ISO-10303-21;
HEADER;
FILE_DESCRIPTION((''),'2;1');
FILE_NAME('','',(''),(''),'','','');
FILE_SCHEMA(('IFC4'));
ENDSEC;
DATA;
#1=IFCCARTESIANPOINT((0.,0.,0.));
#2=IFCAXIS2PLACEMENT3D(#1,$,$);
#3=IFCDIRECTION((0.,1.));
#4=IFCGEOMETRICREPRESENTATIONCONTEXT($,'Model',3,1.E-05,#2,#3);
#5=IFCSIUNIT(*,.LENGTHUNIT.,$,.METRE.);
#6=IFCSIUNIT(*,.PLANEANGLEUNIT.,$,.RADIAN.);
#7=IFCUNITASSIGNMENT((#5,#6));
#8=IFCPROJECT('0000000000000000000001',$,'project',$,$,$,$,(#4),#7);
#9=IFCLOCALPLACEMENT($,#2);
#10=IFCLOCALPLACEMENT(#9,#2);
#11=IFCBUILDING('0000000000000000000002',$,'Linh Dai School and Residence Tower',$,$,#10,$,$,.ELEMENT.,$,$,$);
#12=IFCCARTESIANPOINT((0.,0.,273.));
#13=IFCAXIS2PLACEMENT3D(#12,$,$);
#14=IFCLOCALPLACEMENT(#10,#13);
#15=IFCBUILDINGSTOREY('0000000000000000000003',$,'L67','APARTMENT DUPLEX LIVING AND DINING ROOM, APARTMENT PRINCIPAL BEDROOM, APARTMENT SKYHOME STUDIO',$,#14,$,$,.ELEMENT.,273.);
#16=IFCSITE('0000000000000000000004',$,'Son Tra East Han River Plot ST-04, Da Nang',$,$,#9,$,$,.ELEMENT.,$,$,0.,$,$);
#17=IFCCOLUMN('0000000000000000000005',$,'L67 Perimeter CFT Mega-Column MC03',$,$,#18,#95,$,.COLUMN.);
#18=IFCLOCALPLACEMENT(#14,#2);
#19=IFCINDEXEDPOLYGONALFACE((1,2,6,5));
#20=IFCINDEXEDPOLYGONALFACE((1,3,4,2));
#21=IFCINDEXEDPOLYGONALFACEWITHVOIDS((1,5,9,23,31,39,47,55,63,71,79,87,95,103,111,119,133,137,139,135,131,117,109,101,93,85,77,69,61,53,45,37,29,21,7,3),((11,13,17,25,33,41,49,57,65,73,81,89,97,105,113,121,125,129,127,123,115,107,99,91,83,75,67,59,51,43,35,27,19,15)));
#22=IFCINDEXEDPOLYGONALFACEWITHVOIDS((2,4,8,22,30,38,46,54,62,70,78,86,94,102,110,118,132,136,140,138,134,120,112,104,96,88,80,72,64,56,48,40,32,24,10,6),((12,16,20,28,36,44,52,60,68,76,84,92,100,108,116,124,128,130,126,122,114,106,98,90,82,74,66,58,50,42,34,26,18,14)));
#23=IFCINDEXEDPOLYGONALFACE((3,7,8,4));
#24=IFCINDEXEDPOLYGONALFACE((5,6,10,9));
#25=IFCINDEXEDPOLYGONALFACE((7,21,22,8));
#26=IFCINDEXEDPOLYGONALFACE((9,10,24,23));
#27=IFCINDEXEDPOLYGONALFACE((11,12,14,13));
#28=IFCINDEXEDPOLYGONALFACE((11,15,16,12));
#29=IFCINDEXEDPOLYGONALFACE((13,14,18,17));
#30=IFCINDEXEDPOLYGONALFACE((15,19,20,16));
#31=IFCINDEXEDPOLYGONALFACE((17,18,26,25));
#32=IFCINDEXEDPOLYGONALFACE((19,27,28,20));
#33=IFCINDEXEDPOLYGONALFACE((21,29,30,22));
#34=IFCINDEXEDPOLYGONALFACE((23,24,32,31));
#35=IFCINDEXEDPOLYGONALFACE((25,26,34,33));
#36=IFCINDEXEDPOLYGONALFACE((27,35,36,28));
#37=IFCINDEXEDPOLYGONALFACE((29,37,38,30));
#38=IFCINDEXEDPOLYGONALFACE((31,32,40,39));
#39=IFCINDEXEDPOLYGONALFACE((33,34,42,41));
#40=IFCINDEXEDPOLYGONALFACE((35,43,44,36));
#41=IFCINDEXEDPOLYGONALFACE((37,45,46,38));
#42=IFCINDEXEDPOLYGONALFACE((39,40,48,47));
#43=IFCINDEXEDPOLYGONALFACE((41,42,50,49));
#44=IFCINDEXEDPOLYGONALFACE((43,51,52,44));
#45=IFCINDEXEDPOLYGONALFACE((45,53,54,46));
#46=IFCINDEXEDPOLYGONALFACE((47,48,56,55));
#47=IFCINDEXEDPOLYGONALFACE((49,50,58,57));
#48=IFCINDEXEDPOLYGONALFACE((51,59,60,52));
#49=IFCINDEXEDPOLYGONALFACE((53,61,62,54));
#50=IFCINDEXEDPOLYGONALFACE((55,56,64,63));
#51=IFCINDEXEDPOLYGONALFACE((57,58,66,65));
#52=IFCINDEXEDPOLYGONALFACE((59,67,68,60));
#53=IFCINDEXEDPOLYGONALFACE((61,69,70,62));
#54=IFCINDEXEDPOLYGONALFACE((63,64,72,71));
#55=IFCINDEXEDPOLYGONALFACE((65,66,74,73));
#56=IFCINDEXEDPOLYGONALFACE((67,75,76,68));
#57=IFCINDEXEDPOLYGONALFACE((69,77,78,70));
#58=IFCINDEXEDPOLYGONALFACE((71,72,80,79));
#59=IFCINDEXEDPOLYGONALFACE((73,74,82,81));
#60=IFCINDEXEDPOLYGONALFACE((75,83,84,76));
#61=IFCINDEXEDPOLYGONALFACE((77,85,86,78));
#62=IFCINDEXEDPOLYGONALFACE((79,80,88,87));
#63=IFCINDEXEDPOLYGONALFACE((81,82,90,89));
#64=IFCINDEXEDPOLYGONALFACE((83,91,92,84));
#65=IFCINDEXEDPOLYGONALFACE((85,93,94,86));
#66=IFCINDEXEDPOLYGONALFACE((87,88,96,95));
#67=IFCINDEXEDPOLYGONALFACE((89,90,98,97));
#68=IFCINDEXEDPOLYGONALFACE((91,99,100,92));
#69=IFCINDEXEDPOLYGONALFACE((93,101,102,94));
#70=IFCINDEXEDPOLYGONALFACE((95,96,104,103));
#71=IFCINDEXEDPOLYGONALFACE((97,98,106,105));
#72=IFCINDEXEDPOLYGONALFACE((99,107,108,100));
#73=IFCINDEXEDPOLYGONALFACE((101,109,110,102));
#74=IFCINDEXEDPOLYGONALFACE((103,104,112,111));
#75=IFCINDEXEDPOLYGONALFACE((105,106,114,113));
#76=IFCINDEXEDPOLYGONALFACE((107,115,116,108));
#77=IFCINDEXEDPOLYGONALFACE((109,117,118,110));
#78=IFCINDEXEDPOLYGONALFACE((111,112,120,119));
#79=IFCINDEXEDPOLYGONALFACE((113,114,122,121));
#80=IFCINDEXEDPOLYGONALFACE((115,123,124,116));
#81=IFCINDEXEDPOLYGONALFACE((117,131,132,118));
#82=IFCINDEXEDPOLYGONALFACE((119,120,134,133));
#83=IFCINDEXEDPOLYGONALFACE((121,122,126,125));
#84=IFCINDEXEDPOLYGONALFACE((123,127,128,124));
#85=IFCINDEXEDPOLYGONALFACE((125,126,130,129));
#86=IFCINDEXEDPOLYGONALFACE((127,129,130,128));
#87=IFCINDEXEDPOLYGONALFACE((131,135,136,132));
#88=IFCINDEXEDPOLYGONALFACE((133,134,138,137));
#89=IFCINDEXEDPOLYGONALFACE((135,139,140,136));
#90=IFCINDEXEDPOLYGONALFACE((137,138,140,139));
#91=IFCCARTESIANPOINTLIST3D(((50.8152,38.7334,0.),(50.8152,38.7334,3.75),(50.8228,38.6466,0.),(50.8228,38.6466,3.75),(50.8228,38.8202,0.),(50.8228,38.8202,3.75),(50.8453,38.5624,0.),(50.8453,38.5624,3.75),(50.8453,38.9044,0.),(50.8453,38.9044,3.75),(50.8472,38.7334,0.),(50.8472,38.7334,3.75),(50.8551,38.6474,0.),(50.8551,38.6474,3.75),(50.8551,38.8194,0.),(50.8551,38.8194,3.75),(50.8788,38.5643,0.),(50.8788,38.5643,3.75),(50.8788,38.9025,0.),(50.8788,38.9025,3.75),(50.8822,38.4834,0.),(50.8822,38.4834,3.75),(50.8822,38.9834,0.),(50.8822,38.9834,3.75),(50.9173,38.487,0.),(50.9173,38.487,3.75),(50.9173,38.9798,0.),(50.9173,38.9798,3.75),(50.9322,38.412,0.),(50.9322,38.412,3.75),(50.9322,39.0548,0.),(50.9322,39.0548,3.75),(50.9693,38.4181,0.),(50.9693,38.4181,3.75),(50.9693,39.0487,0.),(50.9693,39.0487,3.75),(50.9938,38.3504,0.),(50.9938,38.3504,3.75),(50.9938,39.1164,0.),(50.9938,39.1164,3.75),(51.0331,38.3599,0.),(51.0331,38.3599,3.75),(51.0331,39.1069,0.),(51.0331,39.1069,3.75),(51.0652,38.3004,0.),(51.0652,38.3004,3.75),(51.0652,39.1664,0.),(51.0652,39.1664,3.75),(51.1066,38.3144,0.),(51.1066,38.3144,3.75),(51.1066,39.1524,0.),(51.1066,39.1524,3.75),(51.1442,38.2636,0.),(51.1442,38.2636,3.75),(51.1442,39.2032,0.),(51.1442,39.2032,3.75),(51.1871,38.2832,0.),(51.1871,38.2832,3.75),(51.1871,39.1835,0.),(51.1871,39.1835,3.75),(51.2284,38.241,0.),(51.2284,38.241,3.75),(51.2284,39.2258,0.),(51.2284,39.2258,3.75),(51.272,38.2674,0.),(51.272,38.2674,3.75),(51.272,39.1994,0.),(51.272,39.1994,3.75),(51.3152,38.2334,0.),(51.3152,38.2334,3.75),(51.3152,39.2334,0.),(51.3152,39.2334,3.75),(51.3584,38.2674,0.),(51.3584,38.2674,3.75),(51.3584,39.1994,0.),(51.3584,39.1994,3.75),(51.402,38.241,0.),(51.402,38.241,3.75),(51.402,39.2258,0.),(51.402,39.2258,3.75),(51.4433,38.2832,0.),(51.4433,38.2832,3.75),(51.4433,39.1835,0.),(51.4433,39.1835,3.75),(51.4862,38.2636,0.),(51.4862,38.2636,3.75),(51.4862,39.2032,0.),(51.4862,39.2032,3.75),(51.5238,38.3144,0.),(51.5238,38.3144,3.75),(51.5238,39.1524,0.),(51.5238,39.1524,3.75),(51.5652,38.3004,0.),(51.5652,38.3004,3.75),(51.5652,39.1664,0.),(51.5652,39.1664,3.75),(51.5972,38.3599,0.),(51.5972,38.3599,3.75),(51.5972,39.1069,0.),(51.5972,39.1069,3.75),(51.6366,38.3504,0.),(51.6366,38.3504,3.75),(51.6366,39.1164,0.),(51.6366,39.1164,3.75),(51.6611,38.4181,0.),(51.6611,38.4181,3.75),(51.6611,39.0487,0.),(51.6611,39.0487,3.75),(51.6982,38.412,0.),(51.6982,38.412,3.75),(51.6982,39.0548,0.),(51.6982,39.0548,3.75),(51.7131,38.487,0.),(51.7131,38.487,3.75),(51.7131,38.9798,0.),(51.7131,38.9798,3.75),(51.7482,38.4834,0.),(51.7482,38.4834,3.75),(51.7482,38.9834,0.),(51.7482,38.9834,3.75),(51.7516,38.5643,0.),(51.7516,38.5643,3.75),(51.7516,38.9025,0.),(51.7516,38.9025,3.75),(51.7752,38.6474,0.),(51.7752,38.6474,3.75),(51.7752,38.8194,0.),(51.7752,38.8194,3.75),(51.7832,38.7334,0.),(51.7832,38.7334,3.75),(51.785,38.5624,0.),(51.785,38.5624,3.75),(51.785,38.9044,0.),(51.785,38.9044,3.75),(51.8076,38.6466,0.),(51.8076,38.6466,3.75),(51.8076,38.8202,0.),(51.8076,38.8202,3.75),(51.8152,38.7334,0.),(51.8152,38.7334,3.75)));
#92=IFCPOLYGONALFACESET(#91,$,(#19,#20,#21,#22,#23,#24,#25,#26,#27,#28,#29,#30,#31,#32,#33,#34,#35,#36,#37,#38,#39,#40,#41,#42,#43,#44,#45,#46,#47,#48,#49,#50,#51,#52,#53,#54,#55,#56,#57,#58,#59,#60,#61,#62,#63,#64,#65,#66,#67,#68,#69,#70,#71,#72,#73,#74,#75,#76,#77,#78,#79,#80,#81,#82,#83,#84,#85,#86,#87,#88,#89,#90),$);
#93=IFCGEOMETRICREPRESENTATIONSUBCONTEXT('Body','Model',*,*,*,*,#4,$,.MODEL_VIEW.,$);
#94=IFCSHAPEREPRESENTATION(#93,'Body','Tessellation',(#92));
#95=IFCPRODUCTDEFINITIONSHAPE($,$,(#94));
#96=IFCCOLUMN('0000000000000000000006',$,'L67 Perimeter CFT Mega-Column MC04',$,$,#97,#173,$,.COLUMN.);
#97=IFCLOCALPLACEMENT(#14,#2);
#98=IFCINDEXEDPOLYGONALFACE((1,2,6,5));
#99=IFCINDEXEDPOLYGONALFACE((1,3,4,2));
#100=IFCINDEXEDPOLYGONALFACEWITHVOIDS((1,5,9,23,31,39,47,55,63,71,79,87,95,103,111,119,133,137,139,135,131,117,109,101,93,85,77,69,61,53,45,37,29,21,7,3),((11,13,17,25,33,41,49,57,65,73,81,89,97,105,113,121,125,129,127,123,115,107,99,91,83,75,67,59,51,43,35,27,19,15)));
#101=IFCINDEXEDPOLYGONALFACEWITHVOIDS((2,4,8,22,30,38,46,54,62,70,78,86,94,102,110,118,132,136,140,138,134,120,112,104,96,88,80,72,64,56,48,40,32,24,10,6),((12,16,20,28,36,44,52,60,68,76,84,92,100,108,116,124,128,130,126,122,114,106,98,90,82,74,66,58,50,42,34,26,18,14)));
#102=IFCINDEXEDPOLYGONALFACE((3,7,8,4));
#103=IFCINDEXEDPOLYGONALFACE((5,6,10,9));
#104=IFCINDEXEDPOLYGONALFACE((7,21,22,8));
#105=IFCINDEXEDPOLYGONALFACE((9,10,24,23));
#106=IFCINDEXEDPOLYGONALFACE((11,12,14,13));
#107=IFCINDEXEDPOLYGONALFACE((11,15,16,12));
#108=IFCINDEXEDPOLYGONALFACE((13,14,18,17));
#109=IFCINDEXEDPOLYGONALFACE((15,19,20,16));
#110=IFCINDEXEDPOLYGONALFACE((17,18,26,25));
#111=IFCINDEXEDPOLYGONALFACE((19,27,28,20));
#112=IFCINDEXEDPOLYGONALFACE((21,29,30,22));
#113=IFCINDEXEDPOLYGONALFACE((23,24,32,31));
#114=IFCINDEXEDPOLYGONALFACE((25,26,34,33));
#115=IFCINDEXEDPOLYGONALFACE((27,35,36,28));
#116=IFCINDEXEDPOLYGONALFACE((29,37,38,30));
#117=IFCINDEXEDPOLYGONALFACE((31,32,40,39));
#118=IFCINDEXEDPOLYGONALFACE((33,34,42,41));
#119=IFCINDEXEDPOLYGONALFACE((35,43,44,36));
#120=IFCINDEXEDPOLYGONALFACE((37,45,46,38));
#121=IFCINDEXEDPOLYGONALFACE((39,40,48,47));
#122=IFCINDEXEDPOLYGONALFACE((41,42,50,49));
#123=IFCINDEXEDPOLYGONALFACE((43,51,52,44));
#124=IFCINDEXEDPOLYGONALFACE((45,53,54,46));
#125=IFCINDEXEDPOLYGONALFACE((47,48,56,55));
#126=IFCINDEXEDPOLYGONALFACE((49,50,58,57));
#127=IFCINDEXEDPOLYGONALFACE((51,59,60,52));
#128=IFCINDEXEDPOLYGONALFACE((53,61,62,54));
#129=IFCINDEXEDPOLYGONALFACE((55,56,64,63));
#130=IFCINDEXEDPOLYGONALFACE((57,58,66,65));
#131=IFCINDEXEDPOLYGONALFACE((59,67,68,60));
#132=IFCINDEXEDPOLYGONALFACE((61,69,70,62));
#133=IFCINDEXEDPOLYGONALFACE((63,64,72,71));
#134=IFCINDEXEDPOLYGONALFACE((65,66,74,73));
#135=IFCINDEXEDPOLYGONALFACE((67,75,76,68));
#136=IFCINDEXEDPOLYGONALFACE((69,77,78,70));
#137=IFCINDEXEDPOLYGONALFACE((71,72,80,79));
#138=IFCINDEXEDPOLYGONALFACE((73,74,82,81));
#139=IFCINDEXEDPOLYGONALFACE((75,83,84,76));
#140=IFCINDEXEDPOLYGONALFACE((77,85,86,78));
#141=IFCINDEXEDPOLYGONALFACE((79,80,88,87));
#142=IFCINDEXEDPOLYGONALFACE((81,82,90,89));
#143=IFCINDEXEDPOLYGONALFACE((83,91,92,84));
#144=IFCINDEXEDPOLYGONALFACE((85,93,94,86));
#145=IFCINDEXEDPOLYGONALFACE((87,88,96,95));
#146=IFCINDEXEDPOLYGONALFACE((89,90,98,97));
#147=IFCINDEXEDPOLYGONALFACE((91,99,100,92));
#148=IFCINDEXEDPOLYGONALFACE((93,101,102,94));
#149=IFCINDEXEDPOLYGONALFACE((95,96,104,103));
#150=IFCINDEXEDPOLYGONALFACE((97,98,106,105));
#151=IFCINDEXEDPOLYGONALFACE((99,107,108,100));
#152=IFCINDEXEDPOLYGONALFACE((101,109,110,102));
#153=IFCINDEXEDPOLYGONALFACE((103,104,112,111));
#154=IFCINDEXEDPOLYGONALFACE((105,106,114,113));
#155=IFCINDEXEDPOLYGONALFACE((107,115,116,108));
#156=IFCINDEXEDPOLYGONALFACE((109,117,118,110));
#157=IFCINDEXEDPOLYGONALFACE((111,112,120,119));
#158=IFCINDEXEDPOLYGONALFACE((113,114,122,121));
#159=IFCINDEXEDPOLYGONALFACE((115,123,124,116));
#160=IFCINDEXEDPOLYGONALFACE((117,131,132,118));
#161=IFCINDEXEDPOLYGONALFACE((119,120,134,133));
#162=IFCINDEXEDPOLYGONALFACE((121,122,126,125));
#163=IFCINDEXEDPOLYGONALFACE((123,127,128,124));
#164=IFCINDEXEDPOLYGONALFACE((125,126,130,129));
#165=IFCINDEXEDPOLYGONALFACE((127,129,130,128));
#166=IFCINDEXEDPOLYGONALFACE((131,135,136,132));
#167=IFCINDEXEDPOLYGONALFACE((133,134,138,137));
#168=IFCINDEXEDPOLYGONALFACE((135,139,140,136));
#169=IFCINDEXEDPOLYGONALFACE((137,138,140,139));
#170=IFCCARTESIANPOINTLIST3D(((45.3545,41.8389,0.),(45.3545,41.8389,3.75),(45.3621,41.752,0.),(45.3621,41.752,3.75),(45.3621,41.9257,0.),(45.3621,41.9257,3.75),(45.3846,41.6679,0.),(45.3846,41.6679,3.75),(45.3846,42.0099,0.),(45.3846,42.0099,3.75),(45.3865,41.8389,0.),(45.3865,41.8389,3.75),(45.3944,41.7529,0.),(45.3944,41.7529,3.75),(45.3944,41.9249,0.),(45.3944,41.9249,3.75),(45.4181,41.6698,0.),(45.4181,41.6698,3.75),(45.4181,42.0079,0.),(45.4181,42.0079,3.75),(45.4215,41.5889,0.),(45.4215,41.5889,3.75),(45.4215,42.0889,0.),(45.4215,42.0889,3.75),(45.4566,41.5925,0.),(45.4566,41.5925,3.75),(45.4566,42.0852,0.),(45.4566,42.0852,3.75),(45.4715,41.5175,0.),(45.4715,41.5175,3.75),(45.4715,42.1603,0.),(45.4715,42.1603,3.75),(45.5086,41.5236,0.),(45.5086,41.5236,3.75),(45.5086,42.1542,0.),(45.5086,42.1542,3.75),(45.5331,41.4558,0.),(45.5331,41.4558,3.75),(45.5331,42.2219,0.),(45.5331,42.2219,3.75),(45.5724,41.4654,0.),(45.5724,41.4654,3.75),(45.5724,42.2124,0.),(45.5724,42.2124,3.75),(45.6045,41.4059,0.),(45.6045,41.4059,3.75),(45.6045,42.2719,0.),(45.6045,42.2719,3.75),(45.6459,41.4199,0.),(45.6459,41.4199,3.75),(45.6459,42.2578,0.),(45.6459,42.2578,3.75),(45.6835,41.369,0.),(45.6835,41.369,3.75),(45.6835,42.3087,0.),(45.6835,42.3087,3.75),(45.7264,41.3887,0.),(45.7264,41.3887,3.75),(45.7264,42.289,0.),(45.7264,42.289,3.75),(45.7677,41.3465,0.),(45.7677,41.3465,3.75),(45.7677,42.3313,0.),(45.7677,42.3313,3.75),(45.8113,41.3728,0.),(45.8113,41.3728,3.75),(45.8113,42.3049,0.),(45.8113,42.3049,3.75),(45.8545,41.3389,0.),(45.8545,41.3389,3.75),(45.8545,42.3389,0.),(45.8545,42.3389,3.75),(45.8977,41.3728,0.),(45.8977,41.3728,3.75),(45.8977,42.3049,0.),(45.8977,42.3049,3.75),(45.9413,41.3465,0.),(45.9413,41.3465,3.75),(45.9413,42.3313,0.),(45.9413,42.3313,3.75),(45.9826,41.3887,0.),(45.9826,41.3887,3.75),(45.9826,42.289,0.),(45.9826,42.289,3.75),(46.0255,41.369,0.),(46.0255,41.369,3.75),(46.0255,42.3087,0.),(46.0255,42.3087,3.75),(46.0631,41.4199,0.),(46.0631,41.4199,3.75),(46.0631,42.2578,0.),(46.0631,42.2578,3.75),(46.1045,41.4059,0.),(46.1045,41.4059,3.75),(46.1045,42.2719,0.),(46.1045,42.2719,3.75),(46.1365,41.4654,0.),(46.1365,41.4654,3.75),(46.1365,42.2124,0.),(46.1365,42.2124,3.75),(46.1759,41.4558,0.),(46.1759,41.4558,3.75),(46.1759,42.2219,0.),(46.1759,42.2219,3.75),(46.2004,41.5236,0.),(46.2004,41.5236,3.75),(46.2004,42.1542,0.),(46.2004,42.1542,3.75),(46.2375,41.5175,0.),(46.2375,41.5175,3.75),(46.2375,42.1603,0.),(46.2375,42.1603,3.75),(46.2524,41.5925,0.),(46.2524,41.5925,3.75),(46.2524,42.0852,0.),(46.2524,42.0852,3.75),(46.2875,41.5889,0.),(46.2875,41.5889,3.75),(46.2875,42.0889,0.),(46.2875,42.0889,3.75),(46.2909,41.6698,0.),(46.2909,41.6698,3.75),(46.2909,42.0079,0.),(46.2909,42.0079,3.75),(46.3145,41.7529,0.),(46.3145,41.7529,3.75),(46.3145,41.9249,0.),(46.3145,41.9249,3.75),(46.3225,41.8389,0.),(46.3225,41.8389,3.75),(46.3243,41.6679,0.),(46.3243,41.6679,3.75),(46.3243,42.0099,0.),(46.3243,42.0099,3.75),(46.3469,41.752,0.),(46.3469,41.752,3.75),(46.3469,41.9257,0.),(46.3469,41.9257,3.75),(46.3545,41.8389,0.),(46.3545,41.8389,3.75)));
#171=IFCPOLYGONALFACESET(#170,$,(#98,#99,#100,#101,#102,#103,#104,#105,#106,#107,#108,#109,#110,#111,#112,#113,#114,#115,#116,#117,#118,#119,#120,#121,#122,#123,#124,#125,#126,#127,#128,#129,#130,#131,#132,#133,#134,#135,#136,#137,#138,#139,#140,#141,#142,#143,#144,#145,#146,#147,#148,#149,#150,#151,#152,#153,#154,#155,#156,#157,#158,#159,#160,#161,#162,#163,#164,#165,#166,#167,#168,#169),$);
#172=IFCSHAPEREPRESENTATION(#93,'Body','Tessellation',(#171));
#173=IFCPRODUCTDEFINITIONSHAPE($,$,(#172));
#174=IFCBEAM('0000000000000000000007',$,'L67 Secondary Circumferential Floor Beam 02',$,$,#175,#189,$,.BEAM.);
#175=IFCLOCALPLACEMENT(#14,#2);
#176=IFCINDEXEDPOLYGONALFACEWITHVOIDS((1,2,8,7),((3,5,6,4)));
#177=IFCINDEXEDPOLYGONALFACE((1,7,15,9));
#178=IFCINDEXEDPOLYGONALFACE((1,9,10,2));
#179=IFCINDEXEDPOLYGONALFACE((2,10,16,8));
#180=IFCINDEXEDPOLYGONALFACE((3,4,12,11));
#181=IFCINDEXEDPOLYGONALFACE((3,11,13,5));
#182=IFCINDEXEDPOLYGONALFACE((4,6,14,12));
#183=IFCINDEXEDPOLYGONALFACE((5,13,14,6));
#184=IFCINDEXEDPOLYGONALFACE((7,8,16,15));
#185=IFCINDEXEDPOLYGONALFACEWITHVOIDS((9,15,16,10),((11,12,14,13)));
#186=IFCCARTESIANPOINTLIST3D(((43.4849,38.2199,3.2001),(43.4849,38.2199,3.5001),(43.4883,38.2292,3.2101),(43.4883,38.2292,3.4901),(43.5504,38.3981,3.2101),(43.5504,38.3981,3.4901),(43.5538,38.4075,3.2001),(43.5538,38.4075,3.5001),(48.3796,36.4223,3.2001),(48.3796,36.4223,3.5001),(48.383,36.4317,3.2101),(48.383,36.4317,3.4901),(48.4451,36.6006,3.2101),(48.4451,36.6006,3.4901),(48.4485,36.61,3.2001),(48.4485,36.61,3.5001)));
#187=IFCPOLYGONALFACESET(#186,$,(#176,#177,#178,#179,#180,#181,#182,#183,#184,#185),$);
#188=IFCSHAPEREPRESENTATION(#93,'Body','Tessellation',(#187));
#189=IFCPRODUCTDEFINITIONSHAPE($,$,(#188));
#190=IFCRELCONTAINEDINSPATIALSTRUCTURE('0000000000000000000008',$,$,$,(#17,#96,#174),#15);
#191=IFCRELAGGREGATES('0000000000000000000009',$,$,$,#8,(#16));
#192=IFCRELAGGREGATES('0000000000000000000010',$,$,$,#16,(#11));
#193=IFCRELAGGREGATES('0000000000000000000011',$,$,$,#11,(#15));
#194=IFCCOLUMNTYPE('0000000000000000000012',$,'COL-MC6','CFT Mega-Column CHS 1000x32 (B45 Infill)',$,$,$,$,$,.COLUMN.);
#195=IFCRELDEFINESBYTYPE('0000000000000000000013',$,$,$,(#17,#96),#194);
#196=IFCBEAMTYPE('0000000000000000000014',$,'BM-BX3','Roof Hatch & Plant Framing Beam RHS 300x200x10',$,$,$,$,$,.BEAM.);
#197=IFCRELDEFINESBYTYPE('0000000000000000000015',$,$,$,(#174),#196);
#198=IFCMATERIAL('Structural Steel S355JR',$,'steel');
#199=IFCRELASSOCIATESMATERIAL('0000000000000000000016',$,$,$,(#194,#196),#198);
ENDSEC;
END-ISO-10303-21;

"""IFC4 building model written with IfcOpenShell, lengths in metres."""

from ifc_helpers import new_model, si_unit, direction, frame, origin, origin_2d, place, context, subcontext, project, spatial, hollow_rectangle, hollow_circle, extrude, material, material_profile, profile_set, type_object, element, save


model = new_model("IFC4")

# Units and contexts
model_context = context("Model", 3, precision=1e-05, world=origin(), true_north=direction((0.0, 1.0)))
body_context = subcontext(model_context, "Body", "Model", "MODEL_VIEW")
ifc_project = project(units=[si_unit("LENGTHUNIT", "METRE"), si_unit("PLANEANGLEUNIT", "RADIAN")], contexts=[model_context])

# Site, building, storey
site_placement = place(None, origin())
site = spatial("IfcSite", under=ifc_project, at=site_placement, Name="Son Tra East Han River Plot ST-04, Da Nang", CompositionType="ELEMENT", RefElevation=0.0)
building_placement = place(site_placement, origin())
building = spatial("IfcBuilding", under=site, at=building_placement, Name="Linh Dai School and Residence Tower", CompositionType="ELEMENT")
storey_placement = place(building_placement, frame((0.0, 0.0, 273.0)))
storey = spatial("IfcBuildingStorey", under=building, at=storey_placement, Name="L67", Description="APARTMENT DUPLEX LIVING AND DINING ROOM, APARTMENT PRINCIPAL BEDROOM, APARTMENT SKYHOME STUDIO", CompositionType="ELEMENT", Elevation=273.0)

# Columns
ifc_material_1 = material(Name="Structural Steel S355JR", Category="steel")
ifc_material_profile_1 = material_profile(ifc_material_1, hollow_circle(Radius=0.5, WallThickness=0.032, at=origin_2d()), Name="CHS 1000x32")
ifc_profile_set_1 = profile_set([ifc_material_profile_1], Name="Structural Steel S355JR")
column_type = type_object("IfcColumnType", Name="COL-MC6", Description="CFT Mega-Column CHS 1000x32 (B45 Infill)", PredefinedType="COLUMN", material=ifc_profile_set_1)
for number, where, z_axis, x_axis, name in (
    (1, (51.3152, 38.7334, 0.0), (0.0, 0.0, 1.0), (1.0, 0.0, 0.0), "L67 Perimeter CFT Mega-Column MC03"),
    (2, (45.8545, 41.8389, 0.0), (0.0, 0.0, 1.0), (1.0, 0.0, 0.0), "L67 Perimeter CFT Mega-Column MC04"),
):
    element("IfcColumn", number, at=place(storey_placement, frame(where, z_axis=z_axis, x_axis=x_axis)), inside=storey, type_object=column_type, Name=name, PredefinedType="COLUMN", context=body_context, shape_type="SweptSolid", body=[
        extrude(hollow_circle(Radius=0.5, WallThickness=0.032, at=origin_2d()), origin(), (0.0, 0.0, 1.0), 3.75),
    ])

# Beam
ifc_material_profile_2 = material_profile(ifc_material_1, hollow_rectangle(XDim=0.2, YDim=0.3, WallThickness=0.01, at=origin_2d()), Name="RHS 300x200x10")
ifc_profile_set_2 = profile_set([ifc_material_profile_2], Name="Structural Steel S355JR")
beam_type_1 = type_object("IfcBeamType", Name="BM-BX3", Description="Roof Hatch & Plant Framing Beam RHS 300x200x10", PredefinedType="BEAM", material=ifc_profile_set_2)
beam_1_placement = place(storey_placement, frame((48.4141, 36.5161, 3.3501), z_axis=(-0.938699, 0.344737, 0.0), x_axis=(-0.344737, -0.938699, 0.0)))
element("IfcBeam", 3, at=beam_1_placement, inside=storey, type_object=beam_type_1, Name="L67 Secondary Circumferential Floor Beam 02", PredefinedType="BEAM", context=body_context, shape_type="SweptSolid", body=[
    extrude(hollow_rectangle(XDim=0.2, YDim=0.3, WallThickness=0.01, at=origin_2d()), origin(), (0.0, 0.0, 1.0), 5.2144),
])

save(model, "model.ifc")
